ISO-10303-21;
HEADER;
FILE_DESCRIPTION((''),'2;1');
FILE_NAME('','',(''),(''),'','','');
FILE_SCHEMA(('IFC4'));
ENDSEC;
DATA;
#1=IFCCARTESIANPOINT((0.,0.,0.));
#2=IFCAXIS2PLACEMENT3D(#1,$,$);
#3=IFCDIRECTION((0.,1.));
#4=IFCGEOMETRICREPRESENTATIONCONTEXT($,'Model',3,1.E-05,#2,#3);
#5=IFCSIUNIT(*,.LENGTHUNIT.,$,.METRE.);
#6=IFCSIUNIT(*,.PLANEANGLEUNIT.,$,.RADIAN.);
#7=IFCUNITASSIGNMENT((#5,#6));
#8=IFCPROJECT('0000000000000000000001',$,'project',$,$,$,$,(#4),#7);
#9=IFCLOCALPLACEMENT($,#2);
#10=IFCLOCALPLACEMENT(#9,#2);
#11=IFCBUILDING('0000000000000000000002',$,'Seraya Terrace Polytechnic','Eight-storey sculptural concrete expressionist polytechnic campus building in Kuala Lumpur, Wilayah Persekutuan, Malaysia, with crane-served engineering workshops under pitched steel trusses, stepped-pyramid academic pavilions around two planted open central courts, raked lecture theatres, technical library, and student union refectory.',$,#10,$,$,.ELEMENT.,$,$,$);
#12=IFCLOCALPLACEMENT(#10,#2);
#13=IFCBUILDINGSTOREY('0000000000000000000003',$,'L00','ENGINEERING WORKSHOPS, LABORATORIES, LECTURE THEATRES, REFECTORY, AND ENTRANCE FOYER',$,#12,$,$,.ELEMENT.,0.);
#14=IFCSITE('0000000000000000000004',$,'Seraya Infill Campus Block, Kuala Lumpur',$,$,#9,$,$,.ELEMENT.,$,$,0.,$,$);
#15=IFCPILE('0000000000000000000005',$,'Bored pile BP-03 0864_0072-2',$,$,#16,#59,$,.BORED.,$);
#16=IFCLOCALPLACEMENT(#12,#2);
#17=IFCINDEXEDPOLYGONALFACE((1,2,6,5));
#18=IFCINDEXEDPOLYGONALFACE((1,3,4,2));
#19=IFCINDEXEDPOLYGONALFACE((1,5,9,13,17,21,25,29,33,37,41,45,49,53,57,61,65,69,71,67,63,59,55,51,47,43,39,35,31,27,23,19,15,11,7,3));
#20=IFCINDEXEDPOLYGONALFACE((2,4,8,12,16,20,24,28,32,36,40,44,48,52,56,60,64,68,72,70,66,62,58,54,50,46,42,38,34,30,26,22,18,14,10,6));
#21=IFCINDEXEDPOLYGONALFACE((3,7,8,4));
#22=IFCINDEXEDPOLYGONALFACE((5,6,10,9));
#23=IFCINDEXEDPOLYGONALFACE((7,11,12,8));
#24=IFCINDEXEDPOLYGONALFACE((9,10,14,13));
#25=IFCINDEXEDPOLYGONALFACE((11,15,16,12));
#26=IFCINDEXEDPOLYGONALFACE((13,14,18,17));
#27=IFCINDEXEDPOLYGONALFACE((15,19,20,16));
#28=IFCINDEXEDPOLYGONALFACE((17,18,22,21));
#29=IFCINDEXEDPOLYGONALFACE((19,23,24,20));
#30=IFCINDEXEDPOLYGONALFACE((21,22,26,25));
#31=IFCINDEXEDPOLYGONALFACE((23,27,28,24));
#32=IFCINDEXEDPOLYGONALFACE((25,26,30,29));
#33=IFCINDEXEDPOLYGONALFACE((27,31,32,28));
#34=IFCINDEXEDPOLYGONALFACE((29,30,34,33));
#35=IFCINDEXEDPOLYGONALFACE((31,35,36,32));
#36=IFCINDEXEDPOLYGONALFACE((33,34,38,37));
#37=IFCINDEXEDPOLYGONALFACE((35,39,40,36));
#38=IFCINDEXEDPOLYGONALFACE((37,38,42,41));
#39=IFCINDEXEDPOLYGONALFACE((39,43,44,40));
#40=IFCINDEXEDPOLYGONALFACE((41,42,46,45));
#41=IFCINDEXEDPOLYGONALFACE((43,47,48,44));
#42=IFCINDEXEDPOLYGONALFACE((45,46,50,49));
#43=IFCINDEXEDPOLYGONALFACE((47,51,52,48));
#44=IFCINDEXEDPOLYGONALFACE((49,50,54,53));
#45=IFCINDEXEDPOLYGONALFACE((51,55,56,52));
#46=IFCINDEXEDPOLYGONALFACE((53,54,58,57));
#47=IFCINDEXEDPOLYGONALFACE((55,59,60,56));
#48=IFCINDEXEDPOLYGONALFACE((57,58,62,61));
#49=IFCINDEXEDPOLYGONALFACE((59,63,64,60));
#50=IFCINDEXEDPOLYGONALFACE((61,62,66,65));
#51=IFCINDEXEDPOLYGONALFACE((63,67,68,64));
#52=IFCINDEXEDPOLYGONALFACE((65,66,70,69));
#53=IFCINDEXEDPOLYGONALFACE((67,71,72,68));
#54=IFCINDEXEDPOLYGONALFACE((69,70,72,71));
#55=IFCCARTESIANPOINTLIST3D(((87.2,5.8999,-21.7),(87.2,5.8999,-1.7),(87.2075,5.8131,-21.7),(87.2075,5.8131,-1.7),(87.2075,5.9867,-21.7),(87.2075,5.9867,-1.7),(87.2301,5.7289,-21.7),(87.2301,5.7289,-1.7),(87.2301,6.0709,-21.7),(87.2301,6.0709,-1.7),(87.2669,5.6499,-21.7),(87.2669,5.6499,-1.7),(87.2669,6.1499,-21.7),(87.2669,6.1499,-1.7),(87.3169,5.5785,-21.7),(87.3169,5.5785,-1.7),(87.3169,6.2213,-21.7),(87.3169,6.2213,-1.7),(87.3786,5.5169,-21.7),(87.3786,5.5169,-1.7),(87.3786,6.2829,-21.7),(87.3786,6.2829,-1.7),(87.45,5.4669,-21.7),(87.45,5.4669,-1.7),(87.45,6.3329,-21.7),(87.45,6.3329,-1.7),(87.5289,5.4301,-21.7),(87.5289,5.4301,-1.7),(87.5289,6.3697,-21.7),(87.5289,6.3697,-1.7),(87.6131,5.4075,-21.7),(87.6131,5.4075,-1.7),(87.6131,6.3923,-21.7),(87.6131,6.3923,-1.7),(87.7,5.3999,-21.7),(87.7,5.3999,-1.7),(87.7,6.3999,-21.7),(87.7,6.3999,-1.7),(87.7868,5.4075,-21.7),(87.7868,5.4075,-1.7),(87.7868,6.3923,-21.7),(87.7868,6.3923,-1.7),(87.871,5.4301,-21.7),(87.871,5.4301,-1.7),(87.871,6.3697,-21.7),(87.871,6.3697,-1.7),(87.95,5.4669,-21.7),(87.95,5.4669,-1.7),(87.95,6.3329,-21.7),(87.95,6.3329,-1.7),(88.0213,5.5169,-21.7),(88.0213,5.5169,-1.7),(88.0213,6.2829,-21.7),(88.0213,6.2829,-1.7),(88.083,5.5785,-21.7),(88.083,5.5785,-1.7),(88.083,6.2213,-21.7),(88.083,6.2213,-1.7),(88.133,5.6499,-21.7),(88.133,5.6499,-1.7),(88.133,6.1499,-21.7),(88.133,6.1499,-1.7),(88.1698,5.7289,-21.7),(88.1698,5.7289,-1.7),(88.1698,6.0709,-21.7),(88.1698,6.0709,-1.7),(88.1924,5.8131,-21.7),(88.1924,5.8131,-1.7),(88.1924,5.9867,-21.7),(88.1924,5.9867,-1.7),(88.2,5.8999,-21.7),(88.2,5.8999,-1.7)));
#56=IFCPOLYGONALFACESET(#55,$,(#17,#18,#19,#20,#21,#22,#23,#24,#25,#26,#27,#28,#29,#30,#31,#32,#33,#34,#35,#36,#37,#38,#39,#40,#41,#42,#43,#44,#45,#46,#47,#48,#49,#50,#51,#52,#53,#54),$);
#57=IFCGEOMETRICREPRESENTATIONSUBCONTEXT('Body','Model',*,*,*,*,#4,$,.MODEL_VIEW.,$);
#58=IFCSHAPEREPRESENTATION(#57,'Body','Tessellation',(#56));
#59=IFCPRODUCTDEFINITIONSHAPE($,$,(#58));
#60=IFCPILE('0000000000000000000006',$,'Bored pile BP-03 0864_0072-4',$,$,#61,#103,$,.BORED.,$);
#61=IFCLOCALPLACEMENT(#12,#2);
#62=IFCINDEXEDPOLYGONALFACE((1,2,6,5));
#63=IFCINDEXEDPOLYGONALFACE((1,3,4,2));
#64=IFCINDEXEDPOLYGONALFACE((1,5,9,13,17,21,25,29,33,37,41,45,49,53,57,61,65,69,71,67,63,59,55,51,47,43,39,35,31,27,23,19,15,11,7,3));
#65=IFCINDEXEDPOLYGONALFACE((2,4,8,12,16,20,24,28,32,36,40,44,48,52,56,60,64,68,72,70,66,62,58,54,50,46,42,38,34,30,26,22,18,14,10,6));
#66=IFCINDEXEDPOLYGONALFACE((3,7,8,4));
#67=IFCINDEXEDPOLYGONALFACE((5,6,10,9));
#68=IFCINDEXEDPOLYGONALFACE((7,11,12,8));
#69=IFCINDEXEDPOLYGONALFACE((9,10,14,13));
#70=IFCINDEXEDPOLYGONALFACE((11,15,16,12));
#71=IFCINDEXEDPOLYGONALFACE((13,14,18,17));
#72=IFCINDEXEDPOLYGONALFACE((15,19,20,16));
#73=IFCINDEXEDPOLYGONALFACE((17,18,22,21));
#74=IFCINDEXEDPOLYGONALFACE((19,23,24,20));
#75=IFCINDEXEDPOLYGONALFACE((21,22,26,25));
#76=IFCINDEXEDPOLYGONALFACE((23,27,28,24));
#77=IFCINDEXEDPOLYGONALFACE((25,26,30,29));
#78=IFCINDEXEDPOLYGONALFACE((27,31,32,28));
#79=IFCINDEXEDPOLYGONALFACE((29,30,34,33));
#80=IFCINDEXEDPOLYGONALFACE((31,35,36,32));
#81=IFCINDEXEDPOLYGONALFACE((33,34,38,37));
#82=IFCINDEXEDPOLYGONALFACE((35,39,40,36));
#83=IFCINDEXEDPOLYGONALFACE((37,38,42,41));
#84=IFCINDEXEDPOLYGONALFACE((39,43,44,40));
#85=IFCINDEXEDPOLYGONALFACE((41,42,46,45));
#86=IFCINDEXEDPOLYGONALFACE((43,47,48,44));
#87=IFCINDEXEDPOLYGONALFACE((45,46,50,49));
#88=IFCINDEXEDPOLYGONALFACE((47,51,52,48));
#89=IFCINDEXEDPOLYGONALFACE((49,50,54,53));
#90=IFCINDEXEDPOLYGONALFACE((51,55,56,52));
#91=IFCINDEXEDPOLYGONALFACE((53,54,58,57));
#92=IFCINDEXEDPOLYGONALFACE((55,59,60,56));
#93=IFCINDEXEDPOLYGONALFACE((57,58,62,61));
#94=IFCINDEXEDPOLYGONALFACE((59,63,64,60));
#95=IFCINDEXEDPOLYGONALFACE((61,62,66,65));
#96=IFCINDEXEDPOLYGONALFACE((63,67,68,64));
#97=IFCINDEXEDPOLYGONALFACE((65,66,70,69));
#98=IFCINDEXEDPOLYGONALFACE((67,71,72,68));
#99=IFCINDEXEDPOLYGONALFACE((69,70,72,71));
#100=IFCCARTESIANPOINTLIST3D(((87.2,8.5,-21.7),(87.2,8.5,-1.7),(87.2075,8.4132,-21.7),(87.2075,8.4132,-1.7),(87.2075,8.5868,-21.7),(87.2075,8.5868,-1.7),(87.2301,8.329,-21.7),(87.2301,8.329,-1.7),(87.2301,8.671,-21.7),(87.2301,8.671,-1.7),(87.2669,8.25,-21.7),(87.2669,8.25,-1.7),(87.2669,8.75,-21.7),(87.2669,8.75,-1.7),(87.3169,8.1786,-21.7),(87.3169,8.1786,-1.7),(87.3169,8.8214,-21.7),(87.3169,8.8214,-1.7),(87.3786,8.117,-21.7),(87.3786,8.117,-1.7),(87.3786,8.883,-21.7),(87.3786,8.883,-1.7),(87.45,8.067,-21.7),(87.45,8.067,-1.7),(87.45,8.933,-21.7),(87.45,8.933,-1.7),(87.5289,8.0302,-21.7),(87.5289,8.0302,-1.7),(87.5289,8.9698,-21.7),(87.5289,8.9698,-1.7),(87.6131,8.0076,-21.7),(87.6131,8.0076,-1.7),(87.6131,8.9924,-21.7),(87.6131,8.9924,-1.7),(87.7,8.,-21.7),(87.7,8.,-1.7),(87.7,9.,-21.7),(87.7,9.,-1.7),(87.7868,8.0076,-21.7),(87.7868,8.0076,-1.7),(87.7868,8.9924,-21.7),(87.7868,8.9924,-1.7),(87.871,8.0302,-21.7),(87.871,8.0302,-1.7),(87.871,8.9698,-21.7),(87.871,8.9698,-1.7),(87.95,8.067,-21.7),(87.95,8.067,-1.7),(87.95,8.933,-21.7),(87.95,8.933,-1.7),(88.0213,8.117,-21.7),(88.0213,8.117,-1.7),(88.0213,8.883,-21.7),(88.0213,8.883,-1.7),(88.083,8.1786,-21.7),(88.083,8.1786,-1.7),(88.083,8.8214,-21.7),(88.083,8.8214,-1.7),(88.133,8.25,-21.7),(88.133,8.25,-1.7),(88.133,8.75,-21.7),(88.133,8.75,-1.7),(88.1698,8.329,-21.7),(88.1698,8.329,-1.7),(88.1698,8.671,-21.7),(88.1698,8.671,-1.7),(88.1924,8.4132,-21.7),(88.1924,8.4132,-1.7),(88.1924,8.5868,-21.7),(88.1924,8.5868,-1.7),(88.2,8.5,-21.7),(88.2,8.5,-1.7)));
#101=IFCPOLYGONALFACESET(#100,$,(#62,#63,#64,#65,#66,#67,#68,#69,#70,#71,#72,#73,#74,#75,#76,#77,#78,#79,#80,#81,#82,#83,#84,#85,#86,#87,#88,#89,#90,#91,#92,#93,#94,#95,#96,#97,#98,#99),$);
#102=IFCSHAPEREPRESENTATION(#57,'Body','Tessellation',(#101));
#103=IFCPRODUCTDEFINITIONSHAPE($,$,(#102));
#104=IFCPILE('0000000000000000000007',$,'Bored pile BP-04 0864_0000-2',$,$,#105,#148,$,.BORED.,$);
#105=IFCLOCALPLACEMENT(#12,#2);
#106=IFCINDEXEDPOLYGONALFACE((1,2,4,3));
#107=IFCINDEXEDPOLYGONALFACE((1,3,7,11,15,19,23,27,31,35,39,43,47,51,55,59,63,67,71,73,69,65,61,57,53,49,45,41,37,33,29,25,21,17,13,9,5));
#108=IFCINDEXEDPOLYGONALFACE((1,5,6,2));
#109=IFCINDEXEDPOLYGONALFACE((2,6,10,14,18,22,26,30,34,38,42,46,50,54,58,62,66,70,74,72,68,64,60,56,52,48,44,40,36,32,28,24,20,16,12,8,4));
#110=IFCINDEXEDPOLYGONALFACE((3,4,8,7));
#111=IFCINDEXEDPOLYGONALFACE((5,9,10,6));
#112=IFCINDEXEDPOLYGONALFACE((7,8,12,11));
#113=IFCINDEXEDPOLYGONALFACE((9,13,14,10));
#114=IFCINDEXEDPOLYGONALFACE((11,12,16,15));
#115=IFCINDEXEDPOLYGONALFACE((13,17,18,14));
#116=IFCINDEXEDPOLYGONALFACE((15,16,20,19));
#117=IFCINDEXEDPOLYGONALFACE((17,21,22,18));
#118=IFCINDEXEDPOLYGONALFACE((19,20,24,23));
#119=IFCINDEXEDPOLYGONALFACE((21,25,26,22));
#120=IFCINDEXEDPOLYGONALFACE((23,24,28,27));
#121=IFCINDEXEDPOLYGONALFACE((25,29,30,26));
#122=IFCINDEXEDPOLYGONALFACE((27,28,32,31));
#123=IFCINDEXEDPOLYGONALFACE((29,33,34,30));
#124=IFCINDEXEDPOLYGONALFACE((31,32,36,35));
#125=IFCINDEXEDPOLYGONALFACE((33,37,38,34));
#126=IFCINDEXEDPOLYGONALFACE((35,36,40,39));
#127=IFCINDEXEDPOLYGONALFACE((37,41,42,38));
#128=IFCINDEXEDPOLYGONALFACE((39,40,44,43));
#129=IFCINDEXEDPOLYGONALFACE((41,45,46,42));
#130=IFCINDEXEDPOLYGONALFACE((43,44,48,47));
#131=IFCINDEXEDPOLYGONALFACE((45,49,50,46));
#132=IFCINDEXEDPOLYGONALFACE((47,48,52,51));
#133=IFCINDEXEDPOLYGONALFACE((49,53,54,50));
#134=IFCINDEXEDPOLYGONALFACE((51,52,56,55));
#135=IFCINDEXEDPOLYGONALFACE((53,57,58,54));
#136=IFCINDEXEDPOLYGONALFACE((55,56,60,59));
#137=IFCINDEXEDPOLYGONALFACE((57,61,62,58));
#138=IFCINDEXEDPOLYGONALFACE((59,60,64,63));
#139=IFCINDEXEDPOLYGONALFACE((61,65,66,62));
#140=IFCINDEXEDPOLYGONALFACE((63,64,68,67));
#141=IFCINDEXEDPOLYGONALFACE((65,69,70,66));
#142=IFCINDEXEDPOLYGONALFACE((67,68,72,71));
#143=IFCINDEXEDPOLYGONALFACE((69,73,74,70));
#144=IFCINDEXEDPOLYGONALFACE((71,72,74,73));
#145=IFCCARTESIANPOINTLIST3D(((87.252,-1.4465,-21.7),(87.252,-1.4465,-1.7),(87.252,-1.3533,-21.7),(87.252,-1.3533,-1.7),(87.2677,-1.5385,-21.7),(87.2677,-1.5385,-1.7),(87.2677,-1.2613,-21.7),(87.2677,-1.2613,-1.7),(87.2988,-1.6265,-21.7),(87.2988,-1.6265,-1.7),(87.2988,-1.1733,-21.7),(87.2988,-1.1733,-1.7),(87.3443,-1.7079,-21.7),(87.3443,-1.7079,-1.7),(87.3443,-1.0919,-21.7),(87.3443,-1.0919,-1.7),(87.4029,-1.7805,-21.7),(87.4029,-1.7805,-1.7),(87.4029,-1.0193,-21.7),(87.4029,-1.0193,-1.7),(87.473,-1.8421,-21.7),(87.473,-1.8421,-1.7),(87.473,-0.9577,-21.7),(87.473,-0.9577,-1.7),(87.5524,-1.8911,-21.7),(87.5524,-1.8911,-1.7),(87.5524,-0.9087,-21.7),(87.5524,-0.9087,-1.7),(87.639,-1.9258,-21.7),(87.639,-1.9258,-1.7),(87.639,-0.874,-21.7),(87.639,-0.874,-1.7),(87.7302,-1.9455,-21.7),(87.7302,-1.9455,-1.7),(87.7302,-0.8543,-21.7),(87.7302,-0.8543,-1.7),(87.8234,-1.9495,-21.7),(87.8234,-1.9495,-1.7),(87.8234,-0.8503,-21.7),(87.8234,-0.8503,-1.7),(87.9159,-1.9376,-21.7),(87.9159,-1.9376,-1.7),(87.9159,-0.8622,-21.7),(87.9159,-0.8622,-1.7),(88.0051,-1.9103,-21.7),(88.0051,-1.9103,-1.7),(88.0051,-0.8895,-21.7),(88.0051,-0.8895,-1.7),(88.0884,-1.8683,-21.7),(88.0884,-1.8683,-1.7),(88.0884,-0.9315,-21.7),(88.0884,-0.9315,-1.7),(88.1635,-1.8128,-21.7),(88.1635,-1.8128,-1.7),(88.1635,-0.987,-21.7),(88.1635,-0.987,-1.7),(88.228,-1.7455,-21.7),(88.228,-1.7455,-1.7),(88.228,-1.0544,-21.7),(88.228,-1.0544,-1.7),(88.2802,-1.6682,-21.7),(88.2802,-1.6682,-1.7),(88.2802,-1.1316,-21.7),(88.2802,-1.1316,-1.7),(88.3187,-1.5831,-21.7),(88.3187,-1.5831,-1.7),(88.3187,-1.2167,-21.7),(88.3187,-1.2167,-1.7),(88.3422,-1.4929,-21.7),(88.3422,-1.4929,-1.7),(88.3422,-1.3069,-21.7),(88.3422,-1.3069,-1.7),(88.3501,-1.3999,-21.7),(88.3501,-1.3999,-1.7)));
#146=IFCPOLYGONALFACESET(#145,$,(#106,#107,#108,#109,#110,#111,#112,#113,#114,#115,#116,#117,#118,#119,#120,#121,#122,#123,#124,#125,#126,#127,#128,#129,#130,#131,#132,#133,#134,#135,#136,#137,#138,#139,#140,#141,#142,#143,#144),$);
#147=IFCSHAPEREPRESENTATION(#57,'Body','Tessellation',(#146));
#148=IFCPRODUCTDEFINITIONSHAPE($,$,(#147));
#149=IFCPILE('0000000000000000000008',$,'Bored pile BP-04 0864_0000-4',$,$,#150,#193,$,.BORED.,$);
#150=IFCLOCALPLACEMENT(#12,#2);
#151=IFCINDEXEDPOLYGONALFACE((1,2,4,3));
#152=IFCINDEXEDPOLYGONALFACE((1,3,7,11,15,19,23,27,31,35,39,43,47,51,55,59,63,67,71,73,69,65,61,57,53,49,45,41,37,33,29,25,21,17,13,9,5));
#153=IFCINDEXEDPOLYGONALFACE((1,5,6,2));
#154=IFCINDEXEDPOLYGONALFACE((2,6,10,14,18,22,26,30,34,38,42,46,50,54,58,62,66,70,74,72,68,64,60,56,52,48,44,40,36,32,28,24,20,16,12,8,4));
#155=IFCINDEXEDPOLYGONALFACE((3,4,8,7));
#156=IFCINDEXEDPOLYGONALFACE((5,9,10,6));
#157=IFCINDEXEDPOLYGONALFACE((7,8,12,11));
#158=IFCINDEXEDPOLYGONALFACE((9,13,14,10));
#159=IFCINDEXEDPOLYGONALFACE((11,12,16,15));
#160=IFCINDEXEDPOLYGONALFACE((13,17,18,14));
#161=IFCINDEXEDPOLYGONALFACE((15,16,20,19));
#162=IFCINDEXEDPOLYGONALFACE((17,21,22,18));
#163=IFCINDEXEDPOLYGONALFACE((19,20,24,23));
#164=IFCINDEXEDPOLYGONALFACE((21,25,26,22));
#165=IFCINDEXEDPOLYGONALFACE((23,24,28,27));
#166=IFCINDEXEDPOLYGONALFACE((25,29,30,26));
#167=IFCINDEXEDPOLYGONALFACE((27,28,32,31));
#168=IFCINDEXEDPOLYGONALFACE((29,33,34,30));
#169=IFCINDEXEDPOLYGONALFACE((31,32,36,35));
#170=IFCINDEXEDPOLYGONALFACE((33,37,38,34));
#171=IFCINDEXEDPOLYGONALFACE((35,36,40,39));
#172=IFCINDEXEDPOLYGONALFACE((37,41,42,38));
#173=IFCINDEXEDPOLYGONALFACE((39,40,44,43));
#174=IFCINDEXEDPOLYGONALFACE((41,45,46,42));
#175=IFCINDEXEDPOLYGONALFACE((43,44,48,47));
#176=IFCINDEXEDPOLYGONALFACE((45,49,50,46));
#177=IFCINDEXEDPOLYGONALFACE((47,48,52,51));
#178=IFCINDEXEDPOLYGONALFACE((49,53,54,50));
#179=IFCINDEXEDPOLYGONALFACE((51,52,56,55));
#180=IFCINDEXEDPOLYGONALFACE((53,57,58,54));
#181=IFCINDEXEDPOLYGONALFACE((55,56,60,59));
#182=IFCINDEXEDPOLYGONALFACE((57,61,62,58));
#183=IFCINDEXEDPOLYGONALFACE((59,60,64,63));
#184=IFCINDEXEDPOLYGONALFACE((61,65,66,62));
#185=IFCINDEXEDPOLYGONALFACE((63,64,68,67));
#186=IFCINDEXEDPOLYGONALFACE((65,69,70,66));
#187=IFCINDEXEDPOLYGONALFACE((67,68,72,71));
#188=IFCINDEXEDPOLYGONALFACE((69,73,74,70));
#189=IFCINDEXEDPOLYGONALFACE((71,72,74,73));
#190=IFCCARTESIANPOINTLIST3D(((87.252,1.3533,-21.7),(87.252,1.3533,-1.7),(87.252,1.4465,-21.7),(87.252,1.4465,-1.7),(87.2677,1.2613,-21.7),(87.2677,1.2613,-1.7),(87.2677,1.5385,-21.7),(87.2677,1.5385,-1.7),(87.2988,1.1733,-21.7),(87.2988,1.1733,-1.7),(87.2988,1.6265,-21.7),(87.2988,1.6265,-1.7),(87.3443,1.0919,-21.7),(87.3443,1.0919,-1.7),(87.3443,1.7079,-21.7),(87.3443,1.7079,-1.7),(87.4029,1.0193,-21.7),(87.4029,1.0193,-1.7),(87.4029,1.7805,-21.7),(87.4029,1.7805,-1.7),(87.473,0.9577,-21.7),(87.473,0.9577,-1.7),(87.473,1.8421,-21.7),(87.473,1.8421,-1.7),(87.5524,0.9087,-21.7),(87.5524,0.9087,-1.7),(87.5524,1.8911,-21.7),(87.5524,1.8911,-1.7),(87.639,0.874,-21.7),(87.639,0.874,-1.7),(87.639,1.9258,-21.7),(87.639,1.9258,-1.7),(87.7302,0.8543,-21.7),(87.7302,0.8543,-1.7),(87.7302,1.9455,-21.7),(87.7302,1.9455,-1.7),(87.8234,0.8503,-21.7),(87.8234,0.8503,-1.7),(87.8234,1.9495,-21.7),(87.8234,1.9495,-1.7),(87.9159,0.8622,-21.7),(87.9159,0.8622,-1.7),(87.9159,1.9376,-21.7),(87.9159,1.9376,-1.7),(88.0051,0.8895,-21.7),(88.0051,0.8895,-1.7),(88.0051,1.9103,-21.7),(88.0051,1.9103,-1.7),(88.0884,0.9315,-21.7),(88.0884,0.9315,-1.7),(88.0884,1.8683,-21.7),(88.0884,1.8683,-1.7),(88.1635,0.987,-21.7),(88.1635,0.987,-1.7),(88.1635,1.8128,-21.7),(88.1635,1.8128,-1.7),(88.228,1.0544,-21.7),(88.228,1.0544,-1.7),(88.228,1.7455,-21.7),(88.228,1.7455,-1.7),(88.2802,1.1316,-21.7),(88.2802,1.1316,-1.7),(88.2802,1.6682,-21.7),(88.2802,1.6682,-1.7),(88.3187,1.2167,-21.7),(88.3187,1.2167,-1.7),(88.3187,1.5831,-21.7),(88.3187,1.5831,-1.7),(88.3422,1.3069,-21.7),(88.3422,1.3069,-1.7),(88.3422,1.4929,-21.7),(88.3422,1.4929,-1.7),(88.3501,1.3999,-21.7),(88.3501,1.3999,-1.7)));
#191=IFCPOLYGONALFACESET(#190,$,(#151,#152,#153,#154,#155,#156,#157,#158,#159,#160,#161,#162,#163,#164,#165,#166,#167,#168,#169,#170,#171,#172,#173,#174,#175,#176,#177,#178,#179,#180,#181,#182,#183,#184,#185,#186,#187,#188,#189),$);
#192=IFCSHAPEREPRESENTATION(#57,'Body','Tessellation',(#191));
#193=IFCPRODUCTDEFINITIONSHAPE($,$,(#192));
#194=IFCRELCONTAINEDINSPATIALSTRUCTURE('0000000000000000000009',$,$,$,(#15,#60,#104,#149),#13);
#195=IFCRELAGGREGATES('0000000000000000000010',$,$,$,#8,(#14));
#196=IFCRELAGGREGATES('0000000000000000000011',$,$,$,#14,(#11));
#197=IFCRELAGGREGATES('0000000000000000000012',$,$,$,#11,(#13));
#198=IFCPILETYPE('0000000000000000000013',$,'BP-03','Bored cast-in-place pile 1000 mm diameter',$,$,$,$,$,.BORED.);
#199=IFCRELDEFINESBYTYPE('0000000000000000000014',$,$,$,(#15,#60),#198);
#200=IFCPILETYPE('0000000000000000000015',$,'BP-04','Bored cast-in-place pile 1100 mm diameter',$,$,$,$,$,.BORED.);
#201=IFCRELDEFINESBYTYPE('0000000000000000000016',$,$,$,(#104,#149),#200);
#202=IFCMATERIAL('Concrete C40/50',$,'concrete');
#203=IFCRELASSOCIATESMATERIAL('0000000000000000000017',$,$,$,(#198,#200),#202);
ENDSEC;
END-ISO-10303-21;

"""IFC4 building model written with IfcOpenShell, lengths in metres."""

from ifc_helpers import new_model, si_unit, direction, frame, origin, origin_2d, place, context, subcontext, project, spatial, circle, extrude, material, material_profile, profile_set, type_object, element, save


model = new_model("IFC4")

# Units and contexts
model_context = context("Model", 3, precision=1e-05, world=origin(), true_north=direction((0.0, 1.0)))
body_context = subcontext(model_context, "Body", "Model", "MODEL_VIEW")
ifc_project = project(units=[si_unit("LENGTHUNIT", "METRE"), si_unit("PLANEANGLEUNIT", "RADIAN")], contexts=[model_context])

# Site, building, storey
site_placement = place(None, origin())
site = spatial("IfcSite", under=ifc_project, at=site_placement, Name="Seraya Infill Campus Block, Kuala Lumpur", CompositionType="ELEMENT", RefElevation=0.0)
building_placement = place(site_placement, origin())
building = spatial("IfcBuilding", under=site, at=building_placement, Name="Seraya Terrace Polytechnic", Description="Eight-storey sculptural concrete expressionist polytechnic campus building in Kuala Lumpur, Wilayah Persekutuan, Malaysia, with crane-served engineering workshops under pitched steel trusses, stepped-pyramid academic pavilions around two planted open central courts, raked lecture theatres, technical library, and student union refectory.", CompositionType="ELEMENT")
storey_placement = place(building_placement, origin())
storey = spatial("IfcBuildingStorey", under=building, at=storey_placement, Name="L00", Description="ENGINEERING WORKSHOPS, LABORATORIES, LECTURE THEATRES, REFECTORY, AND ENTRANCE FOYER", CompositionType="ELEMENT", Elevation=0.0)

# Piles
ifc_material_1 = material(Name="Concrete C40/50", Category="concrete")
ifc_material_profile_1 = material_profile(ifc_material_1, circle(Radius=0.5, at=origin_2d()), Name="DIA 1000")
ifc_profile_set_1 = profile_set([ifc_material_profile_1], Name="Concrete C40/50")
pile_type_1 = type_object("IfcPileType", Name="BP-03", Description="Bored cast-in-place pile 1000 mm diameter", PredefinedType="BORED", material=ifc_profile_set_1)
for number, where, z_axis, x_axis, name in (
    (1, (87.7, 5.8999, -1.7), (0.0, 0.0, -1.0), (1.0, 0.0, 0.0), "Bored pile BP-03 0864_0072-2"),
    (2, (87.7, 8.5, -1.7), (0.0, 0.0, -1.0), (1.0, 0.0, 0.0), "Bored pile BP-03 0864_0072-4"),
):
    element("IfcPile", number, at=place(storey_placement, frame(where, z_axis=z_axis, x_axis=x_axis)), inside=storey, type_object=pile_type_1, Name=name, PredefinedType="BORED", context=body_context, shape_type="SweptSolid", body=[
        extrude(circle(Radius=0.5, at=origin_2d()), origin(), (0.0, 0.0, 1.0), 20.0),
    ])
ifc_material_profile_2 = material_profile(ifc_material_1, circle(Radius=0.55, at=origin_2d()), Name="DIA 1100")
ifc_profile_set_2 = profile_set([ifc_material_profile_2], Name="Concrete C40/50")
pile_type_2 = type_object("IfcPileType", Name="BP-04", Description="Bored cast-in-place pile 1100 mm diameter", PredefinedType="BORED", material=ifc_profile_set_2)
for number, where, z_axis, x_axis, name in (
    (3, (87.8, -1.3999, -1.7), (0.0, 0.0, -1.0), (1.0, 0.0, 0.0), "Bored pile BP-04 0864_0000-2"),
    (4, (87.8, 1.3999, -1.7), (0.0, 0.0, -1.0), (1.0, 0.0, 0.0), "Bored pile BP-04 0864_0000-4"),
):
    element("IfcPile", number, at=place(storey_placement, frame(where, z_axis=z_axis, x_axis=x_axis)), inside=storey, type_object=pile_type_2, Name=name, PredefinedType="BORED", context=body_context, shape_type="SweptSolid", body=[
        extrude(circle(Radius=0.55, at=origin_2d()), origin(), (0.0, 0.0, 1.0), 20.0),
    ])

save(model, "model.ifc")
